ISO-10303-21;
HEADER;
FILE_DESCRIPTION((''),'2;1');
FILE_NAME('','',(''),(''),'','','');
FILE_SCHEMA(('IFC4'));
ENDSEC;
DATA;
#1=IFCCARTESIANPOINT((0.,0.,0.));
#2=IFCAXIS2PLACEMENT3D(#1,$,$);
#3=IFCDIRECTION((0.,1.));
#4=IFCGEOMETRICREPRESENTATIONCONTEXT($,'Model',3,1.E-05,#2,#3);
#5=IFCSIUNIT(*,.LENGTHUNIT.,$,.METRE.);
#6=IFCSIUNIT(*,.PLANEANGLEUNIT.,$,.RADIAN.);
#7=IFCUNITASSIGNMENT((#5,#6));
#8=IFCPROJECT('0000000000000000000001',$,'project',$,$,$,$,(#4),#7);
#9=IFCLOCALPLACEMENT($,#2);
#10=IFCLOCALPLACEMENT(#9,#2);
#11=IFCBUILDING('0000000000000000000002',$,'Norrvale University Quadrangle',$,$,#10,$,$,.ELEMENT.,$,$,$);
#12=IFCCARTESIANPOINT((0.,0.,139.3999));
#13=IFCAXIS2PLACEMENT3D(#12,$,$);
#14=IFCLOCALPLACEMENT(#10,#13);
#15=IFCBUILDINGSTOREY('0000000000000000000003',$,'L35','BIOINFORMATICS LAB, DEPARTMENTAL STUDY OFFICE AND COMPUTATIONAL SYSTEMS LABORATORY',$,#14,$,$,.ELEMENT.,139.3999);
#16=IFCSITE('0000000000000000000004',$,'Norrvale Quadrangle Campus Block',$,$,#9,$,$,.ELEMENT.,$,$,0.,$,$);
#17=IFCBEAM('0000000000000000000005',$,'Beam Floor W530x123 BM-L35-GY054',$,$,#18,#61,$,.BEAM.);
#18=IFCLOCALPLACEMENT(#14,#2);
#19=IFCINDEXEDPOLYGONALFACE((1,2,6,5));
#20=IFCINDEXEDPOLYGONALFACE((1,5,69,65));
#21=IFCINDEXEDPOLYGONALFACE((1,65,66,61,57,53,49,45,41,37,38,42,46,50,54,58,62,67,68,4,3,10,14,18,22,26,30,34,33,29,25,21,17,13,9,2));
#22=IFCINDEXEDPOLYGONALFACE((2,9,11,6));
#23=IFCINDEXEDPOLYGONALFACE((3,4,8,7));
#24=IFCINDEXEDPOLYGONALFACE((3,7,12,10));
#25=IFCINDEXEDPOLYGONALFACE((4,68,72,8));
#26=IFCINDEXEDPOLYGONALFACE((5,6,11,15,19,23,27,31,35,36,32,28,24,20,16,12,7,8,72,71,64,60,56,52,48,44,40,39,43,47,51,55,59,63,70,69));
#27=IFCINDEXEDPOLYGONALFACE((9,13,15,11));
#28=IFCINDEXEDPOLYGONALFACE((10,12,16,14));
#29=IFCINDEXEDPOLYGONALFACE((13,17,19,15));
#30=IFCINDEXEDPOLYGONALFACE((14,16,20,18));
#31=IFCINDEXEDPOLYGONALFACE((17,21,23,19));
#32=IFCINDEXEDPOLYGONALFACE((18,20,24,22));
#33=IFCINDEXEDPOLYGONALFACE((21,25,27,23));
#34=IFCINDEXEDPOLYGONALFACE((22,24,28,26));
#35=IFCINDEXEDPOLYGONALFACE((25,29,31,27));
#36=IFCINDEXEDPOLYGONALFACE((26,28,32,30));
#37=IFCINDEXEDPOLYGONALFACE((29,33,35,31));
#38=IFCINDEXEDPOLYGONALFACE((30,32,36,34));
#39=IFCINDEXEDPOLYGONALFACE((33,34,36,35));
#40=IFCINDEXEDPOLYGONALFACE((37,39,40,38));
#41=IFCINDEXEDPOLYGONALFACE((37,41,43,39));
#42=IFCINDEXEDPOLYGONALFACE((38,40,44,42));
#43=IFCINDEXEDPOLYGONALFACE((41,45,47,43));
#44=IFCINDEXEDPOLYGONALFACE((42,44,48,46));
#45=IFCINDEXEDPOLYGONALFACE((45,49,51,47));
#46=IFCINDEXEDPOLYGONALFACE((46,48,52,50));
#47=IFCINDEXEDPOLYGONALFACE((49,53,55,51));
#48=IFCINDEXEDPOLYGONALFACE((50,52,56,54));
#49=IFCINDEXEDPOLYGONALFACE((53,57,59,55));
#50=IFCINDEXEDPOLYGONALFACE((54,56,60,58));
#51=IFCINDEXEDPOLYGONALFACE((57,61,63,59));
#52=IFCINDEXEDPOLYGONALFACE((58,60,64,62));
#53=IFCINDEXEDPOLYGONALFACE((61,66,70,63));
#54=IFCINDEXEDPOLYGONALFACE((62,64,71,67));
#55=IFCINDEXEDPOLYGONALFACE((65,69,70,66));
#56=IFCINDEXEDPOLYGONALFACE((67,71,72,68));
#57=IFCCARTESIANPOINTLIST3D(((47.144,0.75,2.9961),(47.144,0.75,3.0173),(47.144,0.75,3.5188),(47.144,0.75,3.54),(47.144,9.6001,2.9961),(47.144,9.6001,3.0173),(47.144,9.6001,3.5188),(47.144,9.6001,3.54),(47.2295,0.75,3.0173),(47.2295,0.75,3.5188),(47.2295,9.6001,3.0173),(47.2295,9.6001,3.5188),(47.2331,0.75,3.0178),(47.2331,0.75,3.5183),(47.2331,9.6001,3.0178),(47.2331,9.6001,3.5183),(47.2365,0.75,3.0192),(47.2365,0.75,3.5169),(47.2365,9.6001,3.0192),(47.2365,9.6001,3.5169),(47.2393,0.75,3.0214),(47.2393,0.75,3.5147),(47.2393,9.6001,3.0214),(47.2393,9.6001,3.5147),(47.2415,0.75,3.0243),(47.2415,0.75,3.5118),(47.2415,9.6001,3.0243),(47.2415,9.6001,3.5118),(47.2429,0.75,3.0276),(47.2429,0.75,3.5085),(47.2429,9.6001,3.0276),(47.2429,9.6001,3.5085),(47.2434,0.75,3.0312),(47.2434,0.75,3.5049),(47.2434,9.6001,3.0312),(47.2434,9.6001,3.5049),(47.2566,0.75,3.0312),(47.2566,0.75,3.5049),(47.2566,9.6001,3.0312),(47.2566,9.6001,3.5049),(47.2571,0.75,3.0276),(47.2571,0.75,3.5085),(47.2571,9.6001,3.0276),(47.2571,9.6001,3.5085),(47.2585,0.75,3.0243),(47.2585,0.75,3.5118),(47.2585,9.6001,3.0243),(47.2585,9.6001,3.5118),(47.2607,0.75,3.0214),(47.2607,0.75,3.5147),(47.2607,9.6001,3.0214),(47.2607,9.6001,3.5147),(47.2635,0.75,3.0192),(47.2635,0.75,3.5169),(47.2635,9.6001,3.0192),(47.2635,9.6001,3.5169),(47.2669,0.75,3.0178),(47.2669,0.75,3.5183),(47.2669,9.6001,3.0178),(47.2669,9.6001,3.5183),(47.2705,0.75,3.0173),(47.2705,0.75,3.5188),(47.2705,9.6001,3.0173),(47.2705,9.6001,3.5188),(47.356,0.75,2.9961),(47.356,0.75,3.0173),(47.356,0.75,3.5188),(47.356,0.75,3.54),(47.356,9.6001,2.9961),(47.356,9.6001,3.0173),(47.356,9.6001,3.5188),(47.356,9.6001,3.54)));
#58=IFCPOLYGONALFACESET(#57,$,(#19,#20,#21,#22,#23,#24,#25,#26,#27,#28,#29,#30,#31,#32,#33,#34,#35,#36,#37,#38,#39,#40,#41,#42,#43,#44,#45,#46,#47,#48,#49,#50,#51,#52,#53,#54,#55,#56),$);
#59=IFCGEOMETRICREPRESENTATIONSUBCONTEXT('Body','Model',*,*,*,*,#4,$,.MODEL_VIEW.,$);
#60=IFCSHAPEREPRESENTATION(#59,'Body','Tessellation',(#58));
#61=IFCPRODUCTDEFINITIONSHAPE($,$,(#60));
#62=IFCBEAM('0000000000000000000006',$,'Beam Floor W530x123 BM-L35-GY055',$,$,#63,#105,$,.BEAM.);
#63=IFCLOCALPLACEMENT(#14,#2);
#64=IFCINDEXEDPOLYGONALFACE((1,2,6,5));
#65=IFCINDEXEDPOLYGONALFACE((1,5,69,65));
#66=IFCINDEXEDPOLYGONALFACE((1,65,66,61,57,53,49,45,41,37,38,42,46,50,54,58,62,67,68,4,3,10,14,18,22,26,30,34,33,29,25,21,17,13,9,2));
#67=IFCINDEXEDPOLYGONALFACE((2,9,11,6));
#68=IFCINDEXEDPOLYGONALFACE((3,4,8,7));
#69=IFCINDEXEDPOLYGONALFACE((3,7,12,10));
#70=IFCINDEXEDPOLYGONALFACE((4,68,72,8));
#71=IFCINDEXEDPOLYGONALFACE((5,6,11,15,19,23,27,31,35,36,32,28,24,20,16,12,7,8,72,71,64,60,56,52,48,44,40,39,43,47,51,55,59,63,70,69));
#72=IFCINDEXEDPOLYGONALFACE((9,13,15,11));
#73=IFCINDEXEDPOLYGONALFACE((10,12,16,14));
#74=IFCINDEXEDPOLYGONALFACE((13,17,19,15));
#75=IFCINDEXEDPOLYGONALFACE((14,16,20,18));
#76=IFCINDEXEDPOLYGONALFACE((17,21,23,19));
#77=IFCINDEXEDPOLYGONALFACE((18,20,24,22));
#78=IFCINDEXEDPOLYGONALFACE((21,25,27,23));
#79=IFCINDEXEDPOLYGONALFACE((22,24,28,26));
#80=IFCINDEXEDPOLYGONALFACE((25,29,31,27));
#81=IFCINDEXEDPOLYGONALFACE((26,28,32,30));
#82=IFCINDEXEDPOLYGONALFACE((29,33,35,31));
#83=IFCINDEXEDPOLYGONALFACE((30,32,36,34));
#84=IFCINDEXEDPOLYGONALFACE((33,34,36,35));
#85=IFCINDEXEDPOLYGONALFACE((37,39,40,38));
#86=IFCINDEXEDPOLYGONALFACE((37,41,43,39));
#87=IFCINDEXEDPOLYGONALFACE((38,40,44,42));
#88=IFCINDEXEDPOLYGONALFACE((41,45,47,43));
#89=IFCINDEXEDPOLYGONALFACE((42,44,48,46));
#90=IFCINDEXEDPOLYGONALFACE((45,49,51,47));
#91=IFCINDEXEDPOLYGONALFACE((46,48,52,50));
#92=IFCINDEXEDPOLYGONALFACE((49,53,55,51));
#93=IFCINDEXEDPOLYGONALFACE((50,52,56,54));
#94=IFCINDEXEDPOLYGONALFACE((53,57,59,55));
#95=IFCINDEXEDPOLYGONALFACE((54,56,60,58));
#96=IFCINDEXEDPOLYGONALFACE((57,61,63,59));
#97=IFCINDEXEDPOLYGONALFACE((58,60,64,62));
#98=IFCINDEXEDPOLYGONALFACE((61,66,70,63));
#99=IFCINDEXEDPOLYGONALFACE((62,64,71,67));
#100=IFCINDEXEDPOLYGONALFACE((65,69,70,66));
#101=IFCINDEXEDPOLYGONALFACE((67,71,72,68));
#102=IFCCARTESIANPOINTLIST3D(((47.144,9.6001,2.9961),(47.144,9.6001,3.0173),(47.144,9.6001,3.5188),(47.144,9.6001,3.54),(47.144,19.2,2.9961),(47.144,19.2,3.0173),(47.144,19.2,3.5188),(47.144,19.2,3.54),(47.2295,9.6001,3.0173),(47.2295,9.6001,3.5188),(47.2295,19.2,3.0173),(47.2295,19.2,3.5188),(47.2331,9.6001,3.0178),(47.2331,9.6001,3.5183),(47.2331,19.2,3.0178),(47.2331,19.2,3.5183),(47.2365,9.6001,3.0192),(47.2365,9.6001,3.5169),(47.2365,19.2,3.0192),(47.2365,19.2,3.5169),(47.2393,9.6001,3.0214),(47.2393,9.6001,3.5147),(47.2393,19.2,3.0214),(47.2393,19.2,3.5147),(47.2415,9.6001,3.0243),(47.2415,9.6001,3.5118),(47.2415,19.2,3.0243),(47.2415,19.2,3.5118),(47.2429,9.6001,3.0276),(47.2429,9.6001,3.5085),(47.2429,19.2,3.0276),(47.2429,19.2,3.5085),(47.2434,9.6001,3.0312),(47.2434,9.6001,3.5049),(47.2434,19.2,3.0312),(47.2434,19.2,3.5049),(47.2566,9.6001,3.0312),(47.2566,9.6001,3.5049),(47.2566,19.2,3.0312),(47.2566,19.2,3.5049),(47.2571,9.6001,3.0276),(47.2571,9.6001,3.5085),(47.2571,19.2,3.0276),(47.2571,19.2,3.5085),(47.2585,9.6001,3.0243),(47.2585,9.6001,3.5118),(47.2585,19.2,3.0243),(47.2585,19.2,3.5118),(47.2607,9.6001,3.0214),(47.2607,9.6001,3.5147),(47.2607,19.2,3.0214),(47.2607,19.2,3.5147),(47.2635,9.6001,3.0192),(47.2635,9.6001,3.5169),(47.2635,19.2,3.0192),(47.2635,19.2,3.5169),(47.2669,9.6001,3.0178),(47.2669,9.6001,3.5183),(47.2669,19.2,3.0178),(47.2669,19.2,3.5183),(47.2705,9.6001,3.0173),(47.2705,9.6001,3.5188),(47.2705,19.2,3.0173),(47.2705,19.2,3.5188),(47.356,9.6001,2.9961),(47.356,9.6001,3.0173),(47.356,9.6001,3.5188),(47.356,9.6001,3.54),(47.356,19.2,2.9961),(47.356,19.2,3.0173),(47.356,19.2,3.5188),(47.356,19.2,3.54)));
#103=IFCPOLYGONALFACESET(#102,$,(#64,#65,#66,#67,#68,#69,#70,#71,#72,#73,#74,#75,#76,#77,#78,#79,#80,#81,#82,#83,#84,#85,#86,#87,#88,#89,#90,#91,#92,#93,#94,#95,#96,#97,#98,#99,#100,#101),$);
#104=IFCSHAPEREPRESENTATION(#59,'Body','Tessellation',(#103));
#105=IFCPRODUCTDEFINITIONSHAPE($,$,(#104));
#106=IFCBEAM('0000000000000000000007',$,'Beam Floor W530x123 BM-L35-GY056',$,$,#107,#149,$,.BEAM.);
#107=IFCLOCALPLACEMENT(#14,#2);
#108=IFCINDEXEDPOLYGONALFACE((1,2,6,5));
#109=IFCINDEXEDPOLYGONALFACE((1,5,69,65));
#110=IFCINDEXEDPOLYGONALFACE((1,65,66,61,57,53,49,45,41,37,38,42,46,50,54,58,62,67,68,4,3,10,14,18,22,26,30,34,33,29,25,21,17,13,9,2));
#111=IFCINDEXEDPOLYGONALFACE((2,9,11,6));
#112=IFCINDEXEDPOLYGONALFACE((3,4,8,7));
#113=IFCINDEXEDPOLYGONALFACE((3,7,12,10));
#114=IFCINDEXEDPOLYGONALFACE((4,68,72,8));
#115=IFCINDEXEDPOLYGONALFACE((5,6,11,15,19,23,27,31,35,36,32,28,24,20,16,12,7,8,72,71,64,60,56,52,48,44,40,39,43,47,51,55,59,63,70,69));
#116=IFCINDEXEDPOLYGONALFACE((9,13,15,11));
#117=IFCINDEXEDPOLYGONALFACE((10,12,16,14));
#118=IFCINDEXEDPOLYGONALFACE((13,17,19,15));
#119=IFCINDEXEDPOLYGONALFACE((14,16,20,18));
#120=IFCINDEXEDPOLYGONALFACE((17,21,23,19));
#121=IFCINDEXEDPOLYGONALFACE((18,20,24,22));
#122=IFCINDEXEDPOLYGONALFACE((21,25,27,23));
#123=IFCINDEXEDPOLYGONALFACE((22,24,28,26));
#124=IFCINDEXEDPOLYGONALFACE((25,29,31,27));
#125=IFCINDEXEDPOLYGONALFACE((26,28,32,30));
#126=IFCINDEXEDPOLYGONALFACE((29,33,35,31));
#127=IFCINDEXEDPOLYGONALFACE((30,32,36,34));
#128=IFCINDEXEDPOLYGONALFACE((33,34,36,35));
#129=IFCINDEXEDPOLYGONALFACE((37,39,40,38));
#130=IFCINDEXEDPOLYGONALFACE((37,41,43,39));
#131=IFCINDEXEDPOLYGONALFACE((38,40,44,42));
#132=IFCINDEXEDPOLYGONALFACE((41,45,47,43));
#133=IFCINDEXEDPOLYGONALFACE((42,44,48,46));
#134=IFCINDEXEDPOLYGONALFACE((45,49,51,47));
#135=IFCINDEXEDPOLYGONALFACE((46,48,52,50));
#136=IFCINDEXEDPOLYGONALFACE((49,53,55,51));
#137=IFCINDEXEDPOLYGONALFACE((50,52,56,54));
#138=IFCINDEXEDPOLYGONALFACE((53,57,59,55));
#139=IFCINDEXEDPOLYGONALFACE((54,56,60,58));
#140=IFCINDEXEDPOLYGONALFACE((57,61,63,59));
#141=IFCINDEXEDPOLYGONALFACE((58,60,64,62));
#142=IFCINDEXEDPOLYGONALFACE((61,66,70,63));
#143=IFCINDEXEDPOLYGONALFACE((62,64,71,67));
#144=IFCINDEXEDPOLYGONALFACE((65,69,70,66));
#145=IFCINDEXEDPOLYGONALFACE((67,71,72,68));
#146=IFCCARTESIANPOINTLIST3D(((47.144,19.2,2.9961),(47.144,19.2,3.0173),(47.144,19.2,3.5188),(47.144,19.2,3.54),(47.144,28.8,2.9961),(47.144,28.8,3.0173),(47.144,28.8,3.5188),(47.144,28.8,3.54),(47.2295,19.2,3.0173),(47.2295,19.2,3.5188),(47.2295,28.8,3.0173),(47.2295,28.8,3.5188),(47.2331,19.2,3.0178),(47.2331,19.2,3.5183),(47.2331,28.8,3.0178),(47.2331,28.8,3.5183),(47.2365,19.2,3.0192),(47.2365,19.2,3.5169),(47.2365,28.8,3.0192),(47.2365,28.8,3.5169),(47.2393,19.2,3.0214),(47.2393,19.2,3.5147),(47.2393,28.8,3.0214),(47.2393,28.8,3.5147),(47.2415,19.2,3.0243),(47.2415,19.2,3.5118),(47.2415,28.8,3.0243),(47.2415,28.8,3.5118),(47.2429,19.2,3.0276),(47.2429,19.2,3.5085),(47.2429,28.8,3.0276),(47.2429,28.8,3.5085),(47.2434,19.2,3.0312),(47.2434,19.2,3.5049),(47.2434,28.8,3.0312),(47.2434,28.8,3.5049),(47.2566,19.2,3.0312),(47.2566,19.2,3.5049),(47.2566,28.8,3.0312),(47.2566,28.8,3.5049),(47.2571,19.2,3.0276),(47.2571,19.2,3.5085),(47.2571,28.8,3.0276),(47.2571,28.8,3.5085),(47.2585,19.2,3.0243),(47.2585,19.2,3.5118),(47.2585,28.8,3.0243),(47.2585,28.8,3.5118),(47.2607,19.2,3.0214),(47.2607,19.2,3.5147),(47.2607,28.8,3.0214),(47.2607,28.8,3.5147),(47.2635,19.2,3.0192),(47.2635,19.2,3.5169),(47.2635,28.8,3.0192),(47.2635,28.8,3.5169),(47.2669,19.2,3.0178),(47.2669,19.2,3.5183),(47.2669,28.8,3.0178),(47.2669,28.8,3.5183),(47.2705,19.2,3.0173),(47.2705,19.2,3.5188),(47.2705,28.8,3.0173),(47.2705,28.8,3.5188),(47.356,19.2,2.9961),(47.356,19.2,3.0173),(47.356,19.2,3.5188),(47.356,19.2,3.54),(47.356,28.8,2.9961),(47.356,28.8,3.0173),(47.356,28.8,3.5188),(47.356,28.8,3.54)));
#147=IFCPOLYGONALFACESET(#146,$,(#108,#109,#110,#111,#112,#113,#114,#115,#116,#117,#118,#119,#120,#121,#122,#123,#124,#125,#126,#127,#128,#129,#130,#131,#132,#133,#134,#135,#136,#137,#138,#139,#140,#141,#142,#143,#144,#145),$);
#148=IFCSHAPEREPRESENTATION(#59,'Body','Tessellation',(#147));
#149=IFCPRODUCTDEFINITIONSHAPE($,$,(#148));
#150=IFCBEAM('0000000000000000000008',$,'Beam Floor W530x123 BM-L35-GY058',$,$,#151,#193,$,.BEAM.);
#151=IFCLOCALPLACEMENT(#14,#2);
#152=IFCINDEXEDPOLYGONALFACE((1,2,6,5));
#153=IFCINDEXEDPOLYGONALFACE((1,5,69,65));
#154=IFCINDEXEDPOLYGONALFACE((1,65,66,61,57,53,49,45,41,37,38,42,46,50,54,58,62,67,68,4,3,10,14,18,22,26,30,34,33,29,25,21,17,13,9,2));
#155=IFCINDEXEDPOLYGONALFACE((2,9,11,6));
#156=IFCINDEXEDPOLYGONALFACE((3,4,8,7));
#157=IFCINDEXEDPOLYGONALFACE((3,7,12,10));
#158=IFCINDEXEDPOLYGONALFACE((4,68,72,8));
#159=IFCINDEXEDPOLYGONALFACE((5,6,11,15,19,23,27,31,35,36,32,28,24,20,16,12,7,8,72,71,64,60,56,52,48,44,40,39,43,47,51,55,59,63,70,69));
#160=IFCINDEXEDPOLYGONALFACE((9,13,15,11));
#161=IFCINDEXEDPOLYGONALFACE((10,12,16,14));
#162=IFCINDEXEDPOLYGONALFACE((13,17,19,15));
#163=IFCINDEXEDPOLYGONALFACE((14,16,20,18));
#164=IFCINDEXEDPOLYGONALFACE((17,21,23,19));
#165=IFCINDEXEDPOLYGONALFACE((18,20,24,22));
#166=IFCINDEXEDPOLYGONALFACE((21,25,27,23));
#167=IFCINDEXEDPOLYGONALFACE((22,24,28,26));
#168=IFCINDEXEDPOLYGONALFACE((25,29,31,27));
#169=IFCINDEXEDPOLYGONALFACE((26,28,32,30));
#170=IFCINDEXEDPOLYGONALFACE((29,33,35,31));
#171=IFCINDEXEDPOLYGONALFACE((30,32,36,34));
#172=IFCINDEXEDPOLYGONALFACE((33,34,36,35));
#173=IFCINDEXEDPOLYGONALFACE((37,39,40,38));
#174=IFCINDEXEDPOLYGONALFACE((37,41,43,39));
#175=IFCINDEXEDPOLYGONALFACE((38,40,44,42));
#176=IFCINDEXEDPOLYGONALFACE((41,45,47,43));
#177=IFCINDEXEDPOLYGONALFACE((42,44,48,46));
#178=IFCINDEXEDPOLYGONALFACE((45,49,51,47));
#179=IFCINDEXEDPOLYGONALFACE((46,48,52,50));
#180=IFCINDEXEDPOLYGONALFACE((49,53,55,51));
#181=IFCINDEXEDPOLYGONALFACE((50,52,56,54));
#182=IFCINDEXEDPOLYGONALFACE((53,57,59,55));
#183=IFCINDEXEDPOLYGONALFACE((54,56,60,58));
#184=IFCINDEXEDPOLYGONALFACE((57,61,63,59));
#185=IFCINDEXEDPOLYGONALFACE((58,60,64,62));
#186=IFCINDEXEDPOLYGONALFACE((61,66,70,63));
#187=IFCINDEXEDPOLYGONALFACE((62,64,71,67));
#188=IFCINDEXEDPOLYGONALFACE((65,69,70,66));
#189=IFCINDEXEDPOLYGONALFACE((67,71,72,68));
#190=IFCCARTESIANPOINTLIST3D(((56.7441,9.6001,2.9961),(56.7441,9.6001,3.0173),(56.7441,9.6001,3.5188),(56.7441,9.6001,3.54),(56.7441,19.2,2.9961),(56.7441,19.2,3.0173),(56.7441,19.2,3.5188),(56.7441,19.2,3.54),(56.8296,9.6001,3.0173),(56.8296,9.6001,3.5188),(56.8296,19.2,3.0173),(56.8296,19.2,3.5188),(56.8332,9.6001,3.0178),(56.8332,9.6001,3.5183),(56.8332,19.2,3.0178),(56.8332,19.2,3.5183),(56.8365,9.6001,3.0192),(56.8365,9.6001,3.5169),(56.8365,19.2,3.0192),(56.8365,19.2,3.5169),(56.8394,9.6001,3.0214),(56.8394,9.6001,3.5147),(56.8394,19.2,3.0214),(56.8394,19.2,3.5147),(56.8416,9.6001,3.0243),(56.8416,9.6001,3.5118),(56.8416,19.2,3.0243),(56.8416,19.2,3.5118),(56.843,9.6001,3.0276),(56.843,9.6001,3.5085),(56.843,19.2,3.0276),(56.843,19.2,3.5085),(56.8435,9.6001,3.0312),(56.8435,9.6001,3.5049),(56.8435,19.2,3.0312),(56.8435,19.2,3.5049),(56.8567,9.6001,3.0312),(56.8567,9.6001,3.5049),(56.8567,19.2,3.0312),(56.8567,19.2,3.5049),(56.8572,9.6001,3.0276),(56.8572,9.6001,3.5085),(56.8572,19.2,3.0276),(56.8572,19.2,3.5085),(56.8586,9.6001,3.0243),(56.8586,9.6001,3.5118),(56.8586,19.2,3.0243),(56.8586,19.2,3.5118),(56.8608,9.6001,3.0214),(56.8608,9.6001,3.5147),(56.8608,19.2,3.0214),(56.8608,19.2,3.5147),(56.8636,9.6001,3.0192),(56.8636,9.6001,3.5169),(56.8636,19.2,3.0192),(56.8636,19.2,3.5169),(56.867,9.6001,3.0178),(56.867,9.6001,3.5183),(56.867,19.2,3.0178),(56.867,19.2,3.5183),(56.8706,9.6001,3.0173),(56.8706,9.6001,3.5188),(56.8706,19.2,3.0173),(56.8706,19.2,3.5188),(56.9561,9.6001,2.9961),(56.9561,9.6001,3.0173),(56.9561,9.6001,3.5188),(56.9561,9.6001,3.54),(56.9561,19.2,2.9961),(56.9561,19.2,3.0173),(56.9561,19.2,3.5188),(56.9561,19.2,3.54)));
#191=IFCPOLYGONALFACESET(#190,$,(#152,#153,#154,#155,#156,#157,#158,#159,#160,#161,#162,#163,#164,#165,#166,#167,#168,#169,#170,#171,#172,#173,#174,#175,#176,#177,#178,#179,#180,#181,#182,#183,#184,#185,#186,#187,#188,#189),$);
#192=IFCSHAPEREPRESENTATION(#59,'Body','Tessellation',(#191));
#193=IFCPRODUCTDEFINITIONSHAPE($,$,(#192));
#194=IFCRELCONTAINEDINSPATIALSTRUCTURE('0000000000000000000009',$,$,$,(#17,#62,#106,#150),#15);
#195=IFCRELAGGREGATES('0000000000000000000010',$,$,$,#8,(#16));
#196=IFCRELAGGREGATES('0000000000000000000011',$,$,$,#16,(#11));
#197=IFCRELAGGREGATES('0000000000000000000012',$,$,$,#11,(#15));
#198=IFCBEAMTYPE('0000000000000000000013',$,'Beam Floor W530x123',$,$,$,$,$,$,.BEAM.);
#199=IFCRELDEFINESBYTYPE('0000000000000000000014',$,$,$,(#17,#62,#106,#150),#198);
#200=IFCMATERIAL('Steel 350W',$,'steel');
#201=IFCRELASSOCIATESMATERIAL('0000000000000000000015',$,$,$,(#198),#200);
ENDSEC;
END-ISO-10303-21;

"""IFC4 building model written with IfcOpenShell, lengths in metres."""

from ifc_helpers import new_model, si_unit, direction, frame, origin, origin_2d, place, context, subcontext, project, spatial, i_section, extrude, material, material_profile, profile_set, type_object, element, save


model = new_model("IFC4")

# Units and contexts
model_context = context("Model", 3, precision=1e-05, world=origin(), true_north=direction((0.0, 1.0)))
body_context = subcontext(model_context, "Body", "Model", "MODEL_VIEW")
ifc_project = project(units=[si_unit("LENGTHUNIT", "METRE"), si_unit("PLANEANGLEUNIT", "RADIAN")], contexts=[model_context])

# Site, building, storey
site_placement = place(None, origin())
site = spatial("IfcSite", under=ifc_project, at=site_placement, Name="Norrvale Quadrangle Campus Block", CompositionType="ELEMENT", RefElevation=0.0)
building_placement = place(site_placement, origin())
building = spatial("IfcBuilding", under=site, at=building_placement, Name="Norrvale University Quadrangle", CompositionType="ELEMENT")
storey_placement = place(building_placement, frame((0.0, 0.0, 139.3999)))
storey = spatial("IfcBuildingStorey", under=building, at=storey_placement, Name="L35", Description="BIOINFORMATICS LAB, DEPARTMENTAL STUDY OFFICE AND COMPUTATIONAL SYSTEMS LABORATORY", CompositionType="ELEMENT", Elevation=139.3999)

# Beams
ifc_material_1 = material(Name="Steel 350W", Category="steel")
ifc_material_profile_1 = material_profile(ifc_material_1, i_section(OverallWidth=0.2119, OverallDepth=0.5439, WebThickness=0.0132, FlangeThickness=0.0212, FilletRadius=0.0139, at=origin_2d()), Name="Steel 350W")
ifc_profile_set_1 = profile_set([ifc_material_profile_1], Name="Steel 350W")
beam_type_1 = type_object("IfcBeamType", Name="Beam Floor W530x123", PredefinedType="BEAM", material=ifc_profile_set_1)
beam_1_placement = place(storey_placement, frame((47.25, 0.75, 3.2681), z_axis=(0.0, 1.0, 0.0), x_axis=(-1.0, 0.0, 0.0)))
element("IfcBeam", 1, at=beam_1_placement, inside=storey, type_object=beam_type_1, Name="Beam Floor W530x123 BM-L35-GY054", PredefinedType="BEAM", context=body_context, shape_type="SweptSolid", body=[
    extrude(i_section(OverallWidth=0.2119, OverallDepth=0.5439, WebThickness=0.0132, FlangeThickness=0.0212, FilletRadius=0.0139, at=origin_2d()), origin(), (0.0, 0.0, 1.0), 8.8501),
])
beam_2_placement = place(storey_placement, frame((47.25, 9.6001, 3.2681), z_axis=(0.0, 1.0, 0.0), x_axis=(-1.0, 0.0, 0.0)))
element("IfcBeam", 2, at=beam_2_placement, inside=storey, type_object=beam_type_1, Name="Beam Floor W530x123 BM-L35-GY055", PredefinedType="BEAM", context=body_context, shape_type="SweptSolid", body=[
    extrude(i_section(OverallWidth=0.2119, OverallDepth=0.5439, WebThickness=0.0132, FlangeThickness=0.0212, FilletRadius=0.0139, at=origin_2d()), origin(), (0.0, 0.0, 1.0), 9.5999),
])
beam_3_placement = place(storey_placement, frame((47.25, 19.2, 3.2681), z_axis=(0.0, 1.0, 0.0), x_axis=(-1.0, 0.0, 0.0)))
element("IfcBeam", 3, at=beam_3_placement, inside=storey, type_object=beam_type_1, Name="Beam Floor W530x123 BM-L35-GY056", PredefinedType="BEAM", context=body_context, shape_type="SweptSolid", body=[
    extrude(i_section(OverallWidth=0.2119, OverallDepth=0.5439, WebThickness=0.0132, FlangeThickness=0.0212, FilletRadius=0.0139, at=origin_2d()), origin(), (0.0, 0.0, 1.0), 9.6001),
])
beam_4_placement = place(storey_placement, frame((56.8501, 9.6001, 3.2681), z_axis=(0.0, 1.0, 0.0), x_axis=(-1.0, 0.0, 0.0)))
element("IfcBeam", 4, at=beam_4_placement, inside=storey, type_object=beam_type_1, Name="Beam Floor W530x123 BM-L35-GY058", PredefinedType="BEAM", context=body_context, shape_type="SweptSolid", body=[
    extrude(i_section(OverallWidth=0.2119, OverallDepth=0.5439, WebThickness=0.0132, FlangeThickness=0.0212, FilletRadius=0.0139, at=origin_2d()), origin(), (0.0, 0.0, 1.0), 9.5999),
])

save(model, "model.ifc")
